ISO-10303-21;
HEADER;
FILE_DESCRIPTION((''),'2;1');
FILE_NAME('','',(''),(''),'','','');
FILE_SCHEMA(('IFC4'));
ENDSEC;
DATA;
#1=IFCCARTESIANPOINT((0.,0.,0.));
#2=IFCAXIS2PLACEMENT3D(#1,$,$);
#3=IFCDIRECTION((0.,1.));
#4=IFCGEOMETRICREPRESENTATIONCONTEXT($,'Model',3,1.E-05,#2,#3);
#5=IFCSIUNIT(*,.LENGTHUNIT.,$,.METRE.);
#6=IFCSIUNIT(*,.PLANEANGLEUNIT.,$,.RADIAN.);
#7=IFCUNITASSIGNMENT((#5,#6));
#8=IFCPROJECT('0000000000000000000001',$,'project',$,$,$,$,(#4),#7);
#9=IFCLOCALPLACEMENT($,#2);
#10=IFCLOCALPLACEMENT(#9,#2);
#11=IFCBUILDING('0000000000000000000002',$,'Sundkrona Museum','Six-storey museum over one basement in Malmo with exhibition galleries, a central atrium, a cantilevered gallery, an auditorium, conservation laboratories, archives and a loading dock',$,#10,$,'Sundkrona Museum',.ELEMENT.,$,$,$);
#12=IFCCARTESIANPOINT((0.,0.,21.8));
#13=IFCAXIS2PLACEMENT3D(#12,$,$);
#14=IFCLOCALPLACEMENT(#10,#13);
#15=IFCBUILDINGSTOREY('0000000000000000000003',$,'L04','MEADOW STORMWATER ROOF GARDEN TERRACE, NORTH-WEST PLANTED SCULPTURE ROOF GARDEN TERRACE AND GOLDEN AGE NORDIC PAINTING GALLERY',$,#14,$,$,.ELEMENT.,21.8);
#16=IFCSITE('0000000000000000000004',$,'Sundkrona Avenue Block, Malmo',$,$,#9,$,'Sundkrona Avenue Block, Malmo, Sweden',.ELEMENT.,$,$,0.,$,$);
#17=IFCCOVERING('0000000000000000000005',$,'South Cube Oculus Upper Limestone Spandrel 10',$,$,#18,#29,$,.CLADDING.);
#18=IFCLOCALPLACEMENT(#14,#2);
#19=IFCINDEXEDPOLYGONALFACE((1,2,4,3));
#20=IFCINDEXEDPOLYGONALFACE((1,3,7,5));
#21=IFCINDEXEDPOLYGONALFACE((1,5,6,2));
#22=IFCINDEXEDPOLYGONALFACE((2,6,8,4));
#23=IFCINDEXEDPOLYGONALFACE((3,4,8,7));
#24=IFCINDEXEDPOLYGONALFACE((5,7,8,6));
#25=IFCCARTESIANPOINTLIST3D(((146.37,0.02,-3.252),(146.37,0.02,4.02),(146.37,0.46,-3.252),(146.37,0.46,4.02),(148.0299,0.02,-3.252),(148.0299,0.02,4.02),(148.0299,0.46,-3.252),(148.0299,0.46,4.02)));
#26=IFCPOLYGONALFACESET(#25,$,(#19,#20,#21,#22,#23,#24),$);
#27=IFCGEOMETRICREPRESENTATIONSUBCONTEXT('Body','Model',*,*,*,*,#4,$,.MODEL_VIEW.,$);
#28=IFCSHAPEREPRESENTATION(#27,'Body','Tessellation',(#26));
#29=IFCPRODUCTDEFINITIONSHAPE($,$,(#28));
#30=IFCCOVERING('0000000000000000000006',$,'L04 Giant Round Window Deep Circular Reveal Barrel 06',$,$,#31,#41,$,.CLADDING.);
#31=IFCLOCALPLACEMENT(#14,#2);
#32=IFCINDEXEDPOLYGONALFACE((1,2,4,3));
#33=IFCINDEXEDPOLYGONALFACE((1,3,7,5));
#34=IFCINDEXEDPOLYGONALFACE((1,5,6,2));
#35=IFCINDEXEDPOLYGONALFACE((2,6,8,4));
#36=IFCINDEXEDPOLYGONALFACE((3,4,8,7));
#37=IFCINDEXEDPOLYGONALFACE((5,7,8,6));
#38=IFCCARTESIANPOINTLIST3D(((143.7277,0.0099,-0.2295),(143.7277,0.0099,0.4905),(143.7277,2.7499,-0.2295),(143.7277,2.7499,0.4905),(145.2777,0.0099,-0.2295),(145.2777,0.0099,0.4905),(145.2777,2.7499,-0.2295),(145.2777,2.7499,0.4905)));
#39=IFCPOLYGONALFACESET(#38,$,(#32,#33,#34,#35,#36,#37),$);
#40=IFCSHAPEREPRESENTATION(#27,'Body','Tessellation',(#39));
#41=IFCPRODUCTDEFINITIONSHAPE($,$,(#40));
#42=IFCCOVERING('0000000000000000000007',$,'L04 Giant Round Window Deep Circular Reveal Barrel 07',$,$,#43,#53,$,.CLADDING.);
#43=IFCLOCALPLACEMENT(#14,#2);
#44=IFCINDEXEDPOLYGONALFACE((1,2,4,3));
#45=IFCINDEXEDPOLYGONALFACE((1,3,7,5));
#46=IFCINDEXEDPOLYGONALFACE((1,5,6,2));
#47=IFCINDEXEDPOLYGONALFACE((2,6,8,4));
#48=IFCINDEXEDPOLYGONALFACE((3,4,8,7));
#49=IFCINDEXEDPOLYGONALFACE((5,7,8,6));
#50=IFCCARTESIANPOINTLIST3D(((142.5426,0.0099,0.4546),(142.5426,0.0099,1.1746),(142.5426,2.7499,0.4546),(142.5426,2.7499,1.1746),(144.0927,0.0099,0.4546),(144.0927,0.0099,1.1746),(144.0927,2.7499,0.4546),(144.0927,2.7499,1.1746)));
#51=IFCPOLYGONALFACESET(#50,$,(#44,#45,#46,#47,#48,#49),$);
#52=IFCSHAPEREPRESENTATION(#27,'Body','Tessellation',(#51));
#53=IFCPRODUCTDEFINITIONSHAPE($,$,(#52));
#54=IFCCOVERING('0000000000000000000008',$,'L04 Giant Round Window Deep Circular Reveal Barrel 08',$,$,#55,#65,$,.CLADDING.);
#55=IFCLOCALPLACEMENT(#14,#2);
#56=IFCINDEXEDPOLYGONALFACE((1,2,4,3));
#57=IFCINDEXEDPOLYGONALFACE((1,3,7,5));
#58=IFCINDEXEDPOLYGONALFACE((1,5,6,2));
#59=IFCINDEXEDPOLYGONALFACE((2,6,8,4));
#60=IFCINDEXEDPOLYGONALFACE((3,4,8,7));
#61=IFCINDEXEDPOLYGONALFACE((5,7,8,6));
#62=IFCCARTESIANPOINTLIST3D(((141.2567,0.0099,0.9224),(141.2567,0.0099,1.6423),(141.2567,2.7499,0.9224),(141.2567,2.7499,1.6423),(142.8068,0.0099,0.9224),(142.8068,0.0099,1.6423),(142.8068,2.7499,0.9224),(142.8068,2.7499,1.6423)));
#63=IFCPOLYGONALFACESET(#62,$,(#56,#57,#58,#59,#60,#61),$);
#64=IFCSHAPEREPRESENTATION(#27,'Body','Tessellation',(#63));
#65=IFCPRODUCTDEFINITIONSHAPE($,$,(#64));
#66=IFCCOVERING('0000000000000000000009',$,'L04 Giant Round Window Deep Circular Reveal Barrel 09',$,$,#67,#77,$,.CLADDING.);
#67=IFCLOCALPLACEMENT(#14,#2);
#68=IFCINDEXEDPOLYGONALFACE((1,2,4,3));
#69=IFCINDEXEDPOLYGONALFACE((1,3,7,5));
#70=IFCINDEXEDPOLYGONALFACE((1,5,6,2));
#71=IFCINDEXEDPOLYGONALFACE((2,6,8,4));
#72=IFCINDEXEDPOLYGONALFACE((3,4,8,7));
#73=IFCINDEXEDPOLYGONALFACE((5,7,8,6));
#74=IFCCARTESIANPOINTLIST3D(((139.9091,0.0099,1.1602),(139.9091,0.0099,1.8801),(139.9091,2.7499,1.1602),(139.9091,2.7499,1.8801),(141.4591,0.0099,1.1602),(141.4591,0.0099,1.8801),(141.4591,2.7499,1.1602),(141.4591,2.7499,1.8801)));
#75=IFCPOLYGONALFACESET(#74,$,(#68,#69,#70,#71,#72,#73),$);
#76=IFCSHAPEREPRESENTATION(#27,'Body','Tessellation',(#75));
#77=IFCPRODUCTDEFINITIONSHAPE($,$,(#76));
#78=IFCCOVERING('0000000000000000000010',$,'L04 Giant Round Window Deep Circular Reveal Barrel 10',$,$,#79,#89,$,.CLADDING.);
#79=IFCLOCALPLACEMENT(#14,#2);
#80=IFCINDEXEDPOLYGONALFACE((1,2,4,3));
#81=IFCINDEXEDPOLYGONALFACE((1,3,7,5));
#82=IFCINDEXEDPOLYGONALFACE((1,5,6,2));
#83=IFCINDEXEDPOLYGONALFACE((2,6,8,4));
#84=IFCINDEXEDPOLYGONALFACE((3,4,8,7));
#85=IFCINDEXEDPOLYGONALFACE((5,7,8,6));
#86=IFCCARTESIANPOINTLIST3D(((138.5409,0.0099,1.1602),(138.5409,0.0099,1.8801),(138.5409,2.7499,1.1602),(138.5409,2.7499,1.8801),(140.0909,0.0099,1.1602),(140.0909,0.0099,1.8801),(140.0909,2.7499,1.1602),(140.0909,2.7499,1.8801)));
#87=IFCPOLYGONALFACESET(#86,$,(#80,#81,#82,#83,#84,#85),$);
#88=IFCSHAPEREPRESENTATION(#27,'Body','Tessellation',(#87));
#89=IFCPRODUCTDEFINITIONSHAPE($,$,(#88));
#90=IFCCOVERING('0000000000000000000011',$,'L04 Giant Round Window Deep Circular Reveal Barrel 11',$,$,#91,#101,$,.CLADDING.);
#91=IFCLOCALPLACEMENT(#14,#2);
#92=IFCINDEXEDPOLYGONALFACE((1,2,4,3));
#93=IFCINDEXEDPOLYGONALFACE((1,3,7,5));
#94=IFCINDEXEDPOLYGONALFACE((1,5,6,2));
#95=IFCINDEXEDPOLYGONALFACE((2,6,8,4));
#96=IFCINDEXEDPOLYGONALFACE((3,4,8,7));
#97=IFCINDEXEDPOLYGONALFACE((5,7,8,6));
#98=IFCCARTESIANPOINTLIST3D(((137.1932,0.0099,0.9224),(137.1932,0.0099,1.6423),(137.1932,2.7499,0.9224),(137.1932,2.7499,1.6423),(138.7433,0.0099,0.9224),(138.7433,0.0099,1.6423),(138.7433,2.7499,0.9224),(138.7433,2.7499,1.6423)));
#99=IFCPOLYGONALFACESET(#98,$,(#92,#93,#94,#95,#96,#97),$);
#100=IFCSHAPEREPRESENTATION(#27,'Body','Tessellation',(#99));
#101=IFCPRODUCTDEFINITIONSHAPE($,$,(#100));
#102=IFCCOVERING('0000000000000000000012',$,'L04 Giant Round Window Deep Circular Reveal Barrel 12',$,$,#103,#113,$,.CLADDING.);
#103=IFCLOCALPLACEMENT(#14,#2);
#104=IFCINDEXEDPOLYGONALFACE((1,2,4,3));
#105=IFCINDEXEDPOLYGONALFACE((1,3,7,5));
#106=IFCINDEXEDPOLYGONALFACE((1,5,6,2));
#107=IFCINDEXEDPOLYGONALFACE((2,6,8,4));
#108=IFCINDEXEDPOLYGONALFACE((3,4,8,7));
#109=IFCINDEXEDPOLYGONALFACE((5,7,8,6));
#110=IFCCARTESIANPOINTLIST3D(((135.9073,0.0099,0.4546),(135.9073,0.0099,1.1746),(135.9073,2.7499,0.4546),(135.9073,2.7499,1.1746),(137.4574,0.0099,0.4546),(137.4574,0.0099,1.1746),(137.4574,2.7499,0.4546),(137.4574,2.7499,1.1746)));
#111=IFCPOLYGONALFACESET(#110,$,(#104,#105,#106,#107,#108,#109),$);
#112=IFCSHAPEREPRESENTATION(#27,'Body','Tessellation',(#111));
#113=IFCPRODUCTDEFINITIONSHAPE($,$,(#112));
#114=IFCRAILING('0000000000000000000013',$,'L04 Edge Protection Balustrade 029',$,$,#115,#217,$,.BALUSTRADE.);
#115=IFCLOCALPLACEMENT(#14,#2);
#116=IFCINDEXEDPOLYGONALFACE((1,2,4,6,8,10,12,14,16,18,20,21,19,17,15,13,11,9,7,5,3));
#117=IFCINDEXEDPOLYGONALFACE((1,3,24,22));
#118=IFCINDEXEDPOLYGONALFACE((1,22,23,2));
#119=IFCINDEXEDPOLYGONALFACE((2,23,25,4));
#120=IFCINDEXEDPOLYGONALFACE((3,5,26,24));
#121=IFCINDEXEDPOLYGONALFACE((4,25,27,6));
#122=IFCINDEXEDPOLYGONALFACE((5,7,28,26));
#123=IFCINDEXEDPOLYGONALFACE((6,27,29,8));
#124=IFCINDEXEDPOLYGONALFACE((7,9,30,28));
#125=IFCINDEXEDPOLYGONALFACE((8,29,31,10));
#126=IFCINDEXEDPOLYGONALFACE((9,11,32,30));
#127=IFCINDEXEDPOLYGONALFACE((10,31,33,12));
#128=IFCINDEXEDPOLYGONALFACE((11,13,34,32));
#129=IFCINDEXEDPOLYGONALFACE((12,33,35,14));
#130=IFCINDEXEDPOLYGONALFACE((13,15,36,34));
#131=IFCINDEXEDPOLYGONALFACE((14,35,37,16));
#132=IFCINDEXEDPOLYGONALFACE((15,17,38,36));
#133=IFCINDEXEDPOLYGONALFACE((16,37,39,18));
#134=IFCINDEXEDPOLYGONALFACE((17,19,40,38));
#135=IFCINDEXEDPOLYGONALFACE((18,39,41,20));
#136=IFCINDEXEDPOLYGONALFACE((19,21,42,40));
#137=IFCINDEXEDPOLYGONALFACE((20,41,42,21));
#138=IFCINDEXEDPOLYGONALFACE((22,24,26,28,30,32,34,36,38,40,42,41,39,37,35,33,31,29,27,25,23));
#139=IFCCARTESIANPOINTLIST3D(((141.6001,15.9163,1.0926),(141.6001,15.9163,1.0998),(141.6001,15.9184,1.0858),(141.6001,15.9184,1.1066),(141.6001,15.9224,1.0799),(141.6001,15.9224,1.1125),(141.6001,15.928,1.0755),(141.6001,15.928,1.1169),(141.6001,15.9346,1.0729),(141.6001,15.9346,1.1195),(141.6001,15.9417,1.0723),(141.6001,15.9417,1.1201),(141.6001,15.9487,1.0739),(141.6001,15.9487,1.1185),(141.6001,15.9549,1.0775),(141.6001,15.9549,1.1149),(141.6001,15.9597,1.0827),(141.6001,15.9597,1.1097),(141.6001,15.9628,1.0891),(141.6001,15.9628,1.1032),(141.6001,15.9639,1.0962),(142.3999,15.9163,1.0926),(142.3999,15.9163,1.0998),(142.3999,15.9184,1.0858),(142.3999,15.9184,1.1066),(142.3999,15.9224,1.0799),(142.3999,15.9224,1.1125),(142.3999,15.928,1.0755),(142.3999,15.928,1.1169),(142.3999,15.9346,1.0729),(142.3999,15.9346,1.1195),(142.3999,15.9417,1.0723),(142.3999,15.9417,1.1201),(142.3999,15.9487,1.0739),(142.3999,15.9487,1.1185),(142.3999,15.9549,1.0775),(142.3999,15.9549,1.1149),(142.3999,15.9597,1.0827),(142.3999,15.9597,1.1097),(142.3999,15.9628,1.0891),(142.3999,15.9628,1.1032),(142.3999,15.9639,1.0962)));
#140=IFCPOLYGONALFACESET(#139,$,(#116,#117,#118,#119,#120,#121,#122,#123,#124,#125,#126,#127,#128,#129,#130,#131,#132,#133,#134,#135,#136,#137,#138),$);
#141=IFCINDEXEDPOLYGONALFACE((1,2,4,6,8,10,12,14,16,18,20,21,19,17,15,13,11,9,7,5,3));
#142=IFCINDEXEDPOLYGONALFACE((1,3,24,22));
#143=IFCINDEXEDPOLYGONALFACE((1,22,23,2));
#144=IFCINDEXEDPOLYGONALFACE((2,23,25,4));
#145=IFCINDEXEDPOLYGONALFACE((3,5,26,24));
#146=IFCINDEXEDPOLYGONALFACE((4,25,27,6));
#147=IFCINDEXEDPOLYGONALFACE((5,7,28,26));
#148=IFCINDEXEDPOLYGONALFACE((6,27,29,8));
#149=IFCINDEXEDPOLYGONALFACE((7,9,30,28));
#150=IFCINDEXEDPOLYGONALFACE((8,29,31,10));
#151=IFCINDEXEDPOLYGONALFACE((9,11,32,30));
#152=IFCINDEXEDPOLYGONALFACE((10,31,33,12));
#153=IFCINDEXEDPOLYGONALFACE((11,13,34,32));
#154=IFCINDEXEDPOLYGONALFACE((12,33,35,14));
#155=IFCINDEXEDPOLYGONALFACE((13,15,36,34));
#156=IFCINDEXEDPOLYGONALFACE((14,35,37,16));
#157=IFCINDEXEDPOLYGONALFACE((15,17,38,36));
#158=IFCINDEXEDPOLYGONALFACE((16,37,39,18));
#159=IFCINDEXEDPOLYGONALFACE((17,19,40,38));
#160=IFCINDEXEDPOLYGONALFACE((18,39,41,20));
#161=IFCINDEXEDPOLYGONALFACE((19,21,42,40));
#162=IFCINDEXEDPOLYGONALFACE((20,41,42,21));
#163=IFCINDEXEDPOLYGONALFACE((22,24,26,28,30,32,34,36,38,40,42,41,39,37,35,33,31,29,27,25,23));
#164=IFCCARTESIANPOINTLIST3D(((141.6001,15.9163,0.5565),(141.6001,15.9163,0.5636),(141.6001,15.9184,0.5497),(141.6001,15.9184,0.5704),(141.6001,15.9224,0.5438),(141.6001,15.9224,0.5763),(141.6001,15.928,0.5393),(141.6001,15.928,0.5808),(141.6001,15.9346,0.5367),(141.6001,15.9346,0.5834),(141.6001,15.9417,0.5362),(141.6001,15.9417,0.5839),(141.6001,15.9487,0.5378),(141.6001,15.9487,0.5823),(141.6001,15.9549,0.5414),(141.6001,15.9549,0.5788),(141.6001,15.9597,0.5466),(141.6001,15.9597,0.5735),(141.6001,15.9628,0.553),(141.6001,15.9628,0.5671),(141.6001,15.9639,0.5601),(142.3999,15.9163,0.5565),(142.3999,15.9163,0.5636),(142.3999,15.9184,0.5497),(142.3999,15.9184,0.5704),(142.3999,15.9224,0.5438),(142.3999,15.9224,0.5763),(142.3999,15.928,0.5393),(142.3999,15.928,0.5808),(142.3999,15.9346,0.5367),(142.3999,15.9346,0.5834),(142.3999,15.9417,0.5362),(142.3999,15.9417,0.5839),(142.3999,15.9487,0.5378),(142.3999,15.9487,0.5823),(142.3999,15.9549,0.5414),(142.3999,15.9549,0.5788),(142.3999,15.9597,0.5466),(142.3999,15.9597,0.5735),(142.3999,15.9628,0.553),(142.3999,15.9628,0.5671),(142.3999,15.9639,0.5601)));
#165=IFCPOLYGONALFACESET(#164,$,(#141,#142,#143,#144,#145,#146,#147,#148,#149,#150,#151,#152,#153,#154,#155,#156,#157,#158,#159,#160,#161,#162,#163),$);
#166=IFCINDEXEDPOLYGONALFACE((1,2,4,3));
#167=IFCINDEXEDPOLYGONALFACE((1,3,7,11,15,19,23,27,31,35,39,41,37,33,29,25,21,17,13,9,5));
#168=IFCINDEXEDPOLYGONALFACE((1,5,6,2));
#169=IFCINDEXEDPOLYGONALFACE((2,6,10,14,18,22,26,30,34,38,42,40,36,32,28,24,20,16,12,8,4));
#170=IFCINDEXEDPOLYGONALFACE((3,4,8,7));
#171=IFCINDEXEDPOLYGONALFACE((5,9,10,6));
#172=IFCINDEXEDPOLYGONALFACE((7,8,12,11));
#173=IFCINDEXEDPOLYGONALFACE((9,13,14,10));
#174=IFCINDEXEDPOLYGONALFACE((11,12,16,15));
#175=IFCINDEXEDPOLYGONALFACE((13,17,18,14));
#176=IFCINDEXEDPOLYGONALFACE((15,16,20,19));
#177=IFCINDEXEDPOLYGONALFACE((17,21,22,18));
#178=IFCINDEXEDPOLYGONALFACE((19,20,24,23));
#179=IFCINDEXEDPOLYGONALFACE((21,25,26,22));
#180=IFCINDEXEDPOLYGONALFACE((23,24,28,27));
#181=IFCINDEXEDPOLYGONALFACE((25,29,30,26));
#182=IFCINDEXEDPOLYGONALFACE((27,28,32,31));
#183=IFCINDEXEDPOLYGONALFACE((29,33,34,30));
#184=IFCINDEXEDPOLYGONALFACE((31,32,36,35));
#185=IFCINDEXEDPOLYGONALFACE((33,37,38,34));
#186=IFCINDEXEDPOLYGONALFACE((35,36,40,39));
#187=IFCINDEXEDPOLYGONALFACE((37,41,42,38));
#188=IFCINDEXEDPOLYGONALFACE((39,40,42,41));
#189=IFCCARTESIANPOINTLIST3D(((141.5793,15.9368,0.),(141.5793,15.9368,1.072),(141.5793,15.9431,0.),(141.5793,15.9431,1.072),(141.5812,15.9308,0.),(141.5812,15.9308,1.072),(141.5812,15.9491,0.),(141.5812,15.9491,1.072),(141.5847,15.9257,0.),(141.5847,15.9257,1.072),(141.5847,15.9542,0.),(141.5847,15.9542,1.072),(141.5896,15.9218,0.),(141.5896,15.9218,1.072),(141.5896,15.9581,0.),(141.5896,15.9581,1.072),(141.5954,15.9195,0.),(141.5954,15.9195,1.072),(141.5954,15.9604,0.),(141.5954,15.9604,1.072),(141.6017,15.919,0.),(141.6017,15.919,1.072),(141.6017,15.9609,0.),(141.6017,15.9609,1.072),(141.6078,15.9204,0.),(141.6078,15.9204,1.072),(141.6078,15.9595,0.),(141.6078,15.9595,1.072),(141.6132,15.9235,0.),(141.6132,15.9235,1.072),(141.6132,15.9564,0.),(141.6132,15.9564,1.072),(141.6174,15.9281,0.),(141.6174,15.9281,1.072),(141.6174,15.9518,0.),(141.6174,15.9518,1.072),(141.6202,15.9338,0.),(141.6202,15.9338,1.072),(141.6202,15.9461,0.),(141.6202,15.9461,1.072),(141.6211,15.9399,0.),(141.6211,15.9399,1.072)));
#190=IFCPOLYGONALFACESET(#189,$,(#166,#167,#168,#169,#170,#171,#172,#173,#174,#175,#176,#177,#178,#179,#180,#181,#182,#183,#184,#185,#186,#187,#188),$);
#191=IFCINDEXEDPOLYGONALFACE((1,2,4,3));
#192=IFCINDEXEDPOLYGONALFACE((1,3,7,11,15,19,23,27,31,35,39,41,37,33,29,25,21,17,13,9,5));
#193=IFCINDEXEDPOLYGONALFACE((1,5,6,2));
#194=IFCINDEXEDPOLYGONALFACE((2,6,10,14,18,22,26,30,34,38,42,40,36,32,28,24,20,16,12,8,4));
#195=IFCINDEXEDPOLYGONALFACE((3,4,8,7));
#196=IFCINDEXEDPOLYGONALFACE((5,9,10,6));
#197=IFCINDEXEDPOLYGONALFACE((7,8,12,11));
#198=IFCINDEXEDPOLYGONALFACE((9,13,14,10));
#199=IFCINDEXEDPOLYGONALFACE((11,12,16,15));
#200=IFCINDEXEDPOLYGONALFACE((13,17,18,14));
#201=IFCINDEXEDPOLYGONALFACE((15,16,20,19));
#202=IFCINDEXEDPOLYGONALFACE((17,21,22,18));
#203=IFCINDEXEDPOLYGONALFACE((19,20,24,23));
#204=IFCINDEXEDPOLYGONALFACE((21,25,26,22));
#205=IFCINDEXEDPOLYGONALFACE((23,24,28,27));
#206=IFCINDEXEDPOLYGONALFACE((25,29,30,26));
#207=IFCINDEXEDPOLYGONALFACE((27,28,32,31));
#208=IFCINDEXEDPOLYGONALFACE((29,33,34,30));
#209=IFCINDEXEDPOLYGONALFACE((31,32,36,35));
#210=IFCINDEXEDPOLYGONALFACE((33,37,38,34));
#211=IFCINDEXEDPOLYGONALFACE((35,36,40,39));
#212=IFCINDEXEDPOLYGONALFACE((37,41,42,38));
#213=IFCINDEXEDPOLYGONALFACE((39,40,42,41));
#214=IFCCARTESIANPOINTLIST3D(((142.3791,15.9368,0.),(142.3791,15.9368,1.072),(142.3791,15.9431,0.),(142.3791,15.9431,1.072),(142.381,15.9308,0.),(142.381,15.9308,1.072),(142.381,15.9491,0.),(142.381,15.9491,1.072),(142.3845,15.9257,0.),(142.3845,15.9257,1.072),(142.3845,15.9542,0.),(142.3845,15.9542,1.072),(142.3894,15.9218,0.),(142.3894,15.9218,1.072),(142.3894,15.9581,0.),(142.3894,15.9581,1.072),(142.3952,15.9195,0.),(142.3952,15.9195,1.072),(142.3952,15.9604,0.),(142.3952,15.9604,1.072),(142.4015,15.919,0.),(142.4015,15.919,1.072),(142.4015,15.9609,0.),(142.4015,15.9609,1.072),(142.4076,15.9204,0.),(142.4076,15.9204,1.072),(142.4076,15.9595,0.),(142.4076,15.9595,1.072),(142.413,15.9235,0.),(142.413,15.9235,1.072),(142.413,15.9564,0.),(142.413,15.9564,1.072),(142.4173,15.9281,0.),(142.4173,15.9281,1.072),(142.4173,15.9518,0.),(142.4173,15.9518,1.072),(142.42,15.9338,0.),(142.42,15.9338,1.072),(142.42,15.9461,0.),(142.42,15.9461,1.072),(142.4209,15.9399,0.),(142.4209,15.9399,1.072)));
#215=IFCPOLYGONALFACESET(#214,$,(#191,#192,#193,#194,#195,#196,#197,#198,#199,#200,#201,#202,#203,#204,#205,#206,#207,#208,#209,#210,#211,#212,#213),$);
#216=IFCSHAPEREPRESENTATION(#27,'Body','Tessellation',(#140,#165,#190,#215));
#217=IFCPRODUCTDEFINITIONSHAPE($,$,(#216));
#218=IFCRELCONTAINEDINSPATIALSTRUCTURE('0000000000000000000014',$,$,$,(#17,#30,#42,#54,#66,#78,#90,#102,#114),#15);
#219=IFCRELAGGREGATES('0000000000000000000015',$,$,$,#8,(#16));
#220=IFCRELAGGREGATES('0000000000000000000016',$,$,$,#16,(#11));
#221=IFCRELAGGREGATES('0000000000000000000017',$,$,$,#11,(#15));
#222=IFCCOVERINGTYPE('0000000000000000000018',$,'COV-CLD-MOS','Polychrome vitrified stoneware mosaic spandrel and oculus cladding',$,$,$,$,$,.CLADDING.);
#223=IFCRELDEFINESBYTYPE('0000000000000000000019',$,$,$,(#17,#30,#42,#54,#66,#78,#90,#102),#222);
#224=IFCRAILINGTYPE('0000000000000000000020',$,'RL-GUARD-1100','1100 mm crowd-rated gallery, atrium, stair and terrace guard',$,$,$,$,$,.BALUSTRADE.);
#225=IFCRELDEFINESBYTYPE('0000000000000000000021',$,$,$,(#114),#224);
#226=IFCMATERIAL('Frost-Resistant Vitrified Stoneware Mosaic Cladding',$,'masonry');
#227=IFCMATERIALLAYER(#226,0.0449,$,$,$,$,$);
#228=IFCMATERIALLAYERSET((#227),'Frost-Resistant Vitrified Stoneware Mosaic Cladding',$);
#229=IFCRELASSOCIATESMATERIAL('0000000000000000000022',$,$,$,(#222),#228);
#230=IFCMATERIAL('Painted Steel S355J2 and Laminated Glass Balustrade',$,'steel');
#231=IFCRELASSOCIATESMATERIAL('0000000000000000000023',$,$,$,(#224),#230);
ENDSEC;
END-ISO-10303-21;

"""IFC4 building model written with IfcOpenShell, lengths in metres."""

from ifc_helpers import new_model, si_unit, direction, frame, origin, origin_2d, place, context, subcontext, project, spatial, rectangle, circle, extrude, material, layer, layer_set, type_object, element, save


model = new_model("IFC4")

# Units and contexts
model_context = context("Model", 3, precision=1e-05, world=origin(), true_north=direction((0.0, 1.0)))
body_context = subcontext(model_context, "Body", "Model", "MODEL_VIEW")
ifc_project = project(units=[si_unit("LENGTHUNIT", "METRE"), si_unit("PLANEANGLEUNIT", "RADIAN")], contexts=[model_context])

# Site, building, storey
site_placement = place(None, origin())
site = spatial("IfcSite", under=ifc_project, at=site_placement, Name="Sundkrona Avenue Block, Malmo", LongName="Sundkrona Avenue Block, Malmo, Sweden", CompositionType="ELEMENT", RefElevation=0.0)
building_placement = place(site_placement, origin())
building = spatial("IfcBuilding", under=site, at=building_placement, Name="Sundkrona Museum", Description="Six-storey museum over one basement in Malmo with exhibition galleries, a central atrium, a cantilevered gallery, an auditorium, conservation laboratories, archives and a loading dock", LongName="Sundkrona Museum", CompositionType="ELEMENT")
storey_placement = place(building_placement, frame((0.0, 0.0, 21.8)))
storey = spatial("IfcBuildingStorey", under=building, at=storey_placement, Name="L04", Description="MEADOW STORMWATER ROOF GARDEN TERRACE, NORTH-WEST PLANTED SCULPTURE ROOF GARDEN TERRACE AND GOLDEN AGE NORDIC PAINTING GALLERY", CompositionType="ELEMENT", Elevation=21.8)

# Coverings
ifc_material_1 = material(Name="Frost-Resistant Vitrified Stoneware Mosaic Cladding", Category="masonry")
ifc_layer_1 = layer(ifc_material_1, 0.0449)
ifc_layer_set_1 = layer_set([ifc_layer_1], Name="Frost-Resistant Vitrified Stoneware Mosaic Cladding")
covering_type = type_object("IfcCoveringType", Name="COV-CLD-MOS", Description="Polychrome vitrified stoneware mosaic spandrel and oculus cladding", PredefinedType="CLADDING", material=ifc_layer_set_1)
covering_1_placement = place(storey_placement, frame((147.2, 0.24, -3.252), z_axis=(0.0, 0.0, 1.0), x_axis=(1.0, 0.0, 0.0)))
element("IfcCovering", 1, at=covering_1_placement, inside=storey, type_object=covering_type, Name="South Cube Oculus Upper Limestone Spandrel 10", PredefinedType="CLADDING", context=body_context, shape_type="SweptSolid", body=[
    extrude(rectangle(XDim=1.6599, YDim=0.4399, at=origin_2d()), origin(), (0.0, 0.0, 1.0), 7.272),
])
for number, where, z_axis, x_axis, name in (
    (2, (144.5027, 1.3799, -0.2295), (0.0, 0.0, 1.0), (1.0, 0.0, 0.0), "L04 Giant Round Window Deep Circular Reveal Barrel 06"),
    (3, (143.3176, 1.3799, 0.4546), (0.0, 0.0, 1.0), (1.0, 0.0, 0.0), "L04 Giant Round Window Deep Circular Reveal Barrel 07"),
    (4, (142.0317, 1.3799, 0.9224), (0.0, 0.0, 1.0), (1.0, 0.0, 0.0), "L04 Giant Round Window Deep Circular Reveal Barrel 08"),
    (5, (140.6841, 1.3799, 1.1602), (0.0, 0.0, 1.0), (1.0, 0.0, 0.0), "L04 Giant Round Window Deep Circular Reveal Barrel 09"),
    (6, (139.3159, 1.3799, 1.1602), (0.0, 0.0, 1.0), (1.0, 0.0, 0.0), "L04 Giant Round Window Deep Circular Reveal Barrel 10"),
    (7, (137.9683, 1.3799, 0.9224), (0.0, 0.0, 1.0), (1.0, 0.0, 0.0), "L04 Giant Round Window Deep Circular Reveal Barrel 11"),
    (8, (136.6824, 1.3799, 0.4546), (0.0, 0.0, 1.0), (1.0, 0.0, 0.0), "L04 Giant Round Window Deep Circular Reveal Barrel 12"),
):
    element("IfcCovering", number, at=place(storey_placement, frame(where, z_axis=z_axis, x_axis=x_axis)), inside=storey, type_object=covering_type, Name=name, PredefinedType="CLADDING", context=body_context, shape_type="SweptSolid", body=[
        extrude(rectangle(XDim=1.55, YDim=2.74, at=origin_2d()), origin(), (0.0, 0.0, 1.0), 0.72),
    ])

# Railing
ifc_material_2 = material(Name="Painted Steel S355J2 and Laminated Glass Balustrade", Category="steel")
railing_type = type_object("IfcRailingType", Name="RL-GUARD-1100", Description="1100 mm crowd-rated gallery, atrium, stair and terrace guard", PredefinedType="BALUSTRADE", material=ifc_material_2)
railing_1_placement = place(storey_placement, frame((141.6001, 15.9399, 0.0)))
element("IfcRailing", 9, at=railing_1_placement, inside=storey, type_object=railing_type, Name="L04 Edge Protection Balustrade 029", PredefinedType="BALUSTRADE", context=body_context, shape_type="SweptSolid", body=[
    extrude(circle(Radius=0.0239, at=origin_2d()), frame((0.0, 0.0, 1.0962), z_axis=(1.0, 0.0, 0.0), x_axis=(0.0, 1.0, 0.0)), (0.0, 0.0, 1.0), 0.7998),
    extrude(circle(Radius=0.0239, at=origin_2d()), frame((0.0, 0.0, 0.5601), z_axis=(1.0, 0.0, 0.0), x_axis=(0.0, 1.0, 0.0)), (0.0, 0.0, 1.0), 0.7998),
    extrude(circle(Radius=0.021, at=origin_2d()), origin(), (0.0, 0.0, 1.0), 1.072),
    extrude(circle(Radius=0.021, at=origin_2d()), frame((0.7998, 0.0, 0.0)), (0.0, 0.0, 1.0), 1.072),
])

save(model, "model.ifc")
